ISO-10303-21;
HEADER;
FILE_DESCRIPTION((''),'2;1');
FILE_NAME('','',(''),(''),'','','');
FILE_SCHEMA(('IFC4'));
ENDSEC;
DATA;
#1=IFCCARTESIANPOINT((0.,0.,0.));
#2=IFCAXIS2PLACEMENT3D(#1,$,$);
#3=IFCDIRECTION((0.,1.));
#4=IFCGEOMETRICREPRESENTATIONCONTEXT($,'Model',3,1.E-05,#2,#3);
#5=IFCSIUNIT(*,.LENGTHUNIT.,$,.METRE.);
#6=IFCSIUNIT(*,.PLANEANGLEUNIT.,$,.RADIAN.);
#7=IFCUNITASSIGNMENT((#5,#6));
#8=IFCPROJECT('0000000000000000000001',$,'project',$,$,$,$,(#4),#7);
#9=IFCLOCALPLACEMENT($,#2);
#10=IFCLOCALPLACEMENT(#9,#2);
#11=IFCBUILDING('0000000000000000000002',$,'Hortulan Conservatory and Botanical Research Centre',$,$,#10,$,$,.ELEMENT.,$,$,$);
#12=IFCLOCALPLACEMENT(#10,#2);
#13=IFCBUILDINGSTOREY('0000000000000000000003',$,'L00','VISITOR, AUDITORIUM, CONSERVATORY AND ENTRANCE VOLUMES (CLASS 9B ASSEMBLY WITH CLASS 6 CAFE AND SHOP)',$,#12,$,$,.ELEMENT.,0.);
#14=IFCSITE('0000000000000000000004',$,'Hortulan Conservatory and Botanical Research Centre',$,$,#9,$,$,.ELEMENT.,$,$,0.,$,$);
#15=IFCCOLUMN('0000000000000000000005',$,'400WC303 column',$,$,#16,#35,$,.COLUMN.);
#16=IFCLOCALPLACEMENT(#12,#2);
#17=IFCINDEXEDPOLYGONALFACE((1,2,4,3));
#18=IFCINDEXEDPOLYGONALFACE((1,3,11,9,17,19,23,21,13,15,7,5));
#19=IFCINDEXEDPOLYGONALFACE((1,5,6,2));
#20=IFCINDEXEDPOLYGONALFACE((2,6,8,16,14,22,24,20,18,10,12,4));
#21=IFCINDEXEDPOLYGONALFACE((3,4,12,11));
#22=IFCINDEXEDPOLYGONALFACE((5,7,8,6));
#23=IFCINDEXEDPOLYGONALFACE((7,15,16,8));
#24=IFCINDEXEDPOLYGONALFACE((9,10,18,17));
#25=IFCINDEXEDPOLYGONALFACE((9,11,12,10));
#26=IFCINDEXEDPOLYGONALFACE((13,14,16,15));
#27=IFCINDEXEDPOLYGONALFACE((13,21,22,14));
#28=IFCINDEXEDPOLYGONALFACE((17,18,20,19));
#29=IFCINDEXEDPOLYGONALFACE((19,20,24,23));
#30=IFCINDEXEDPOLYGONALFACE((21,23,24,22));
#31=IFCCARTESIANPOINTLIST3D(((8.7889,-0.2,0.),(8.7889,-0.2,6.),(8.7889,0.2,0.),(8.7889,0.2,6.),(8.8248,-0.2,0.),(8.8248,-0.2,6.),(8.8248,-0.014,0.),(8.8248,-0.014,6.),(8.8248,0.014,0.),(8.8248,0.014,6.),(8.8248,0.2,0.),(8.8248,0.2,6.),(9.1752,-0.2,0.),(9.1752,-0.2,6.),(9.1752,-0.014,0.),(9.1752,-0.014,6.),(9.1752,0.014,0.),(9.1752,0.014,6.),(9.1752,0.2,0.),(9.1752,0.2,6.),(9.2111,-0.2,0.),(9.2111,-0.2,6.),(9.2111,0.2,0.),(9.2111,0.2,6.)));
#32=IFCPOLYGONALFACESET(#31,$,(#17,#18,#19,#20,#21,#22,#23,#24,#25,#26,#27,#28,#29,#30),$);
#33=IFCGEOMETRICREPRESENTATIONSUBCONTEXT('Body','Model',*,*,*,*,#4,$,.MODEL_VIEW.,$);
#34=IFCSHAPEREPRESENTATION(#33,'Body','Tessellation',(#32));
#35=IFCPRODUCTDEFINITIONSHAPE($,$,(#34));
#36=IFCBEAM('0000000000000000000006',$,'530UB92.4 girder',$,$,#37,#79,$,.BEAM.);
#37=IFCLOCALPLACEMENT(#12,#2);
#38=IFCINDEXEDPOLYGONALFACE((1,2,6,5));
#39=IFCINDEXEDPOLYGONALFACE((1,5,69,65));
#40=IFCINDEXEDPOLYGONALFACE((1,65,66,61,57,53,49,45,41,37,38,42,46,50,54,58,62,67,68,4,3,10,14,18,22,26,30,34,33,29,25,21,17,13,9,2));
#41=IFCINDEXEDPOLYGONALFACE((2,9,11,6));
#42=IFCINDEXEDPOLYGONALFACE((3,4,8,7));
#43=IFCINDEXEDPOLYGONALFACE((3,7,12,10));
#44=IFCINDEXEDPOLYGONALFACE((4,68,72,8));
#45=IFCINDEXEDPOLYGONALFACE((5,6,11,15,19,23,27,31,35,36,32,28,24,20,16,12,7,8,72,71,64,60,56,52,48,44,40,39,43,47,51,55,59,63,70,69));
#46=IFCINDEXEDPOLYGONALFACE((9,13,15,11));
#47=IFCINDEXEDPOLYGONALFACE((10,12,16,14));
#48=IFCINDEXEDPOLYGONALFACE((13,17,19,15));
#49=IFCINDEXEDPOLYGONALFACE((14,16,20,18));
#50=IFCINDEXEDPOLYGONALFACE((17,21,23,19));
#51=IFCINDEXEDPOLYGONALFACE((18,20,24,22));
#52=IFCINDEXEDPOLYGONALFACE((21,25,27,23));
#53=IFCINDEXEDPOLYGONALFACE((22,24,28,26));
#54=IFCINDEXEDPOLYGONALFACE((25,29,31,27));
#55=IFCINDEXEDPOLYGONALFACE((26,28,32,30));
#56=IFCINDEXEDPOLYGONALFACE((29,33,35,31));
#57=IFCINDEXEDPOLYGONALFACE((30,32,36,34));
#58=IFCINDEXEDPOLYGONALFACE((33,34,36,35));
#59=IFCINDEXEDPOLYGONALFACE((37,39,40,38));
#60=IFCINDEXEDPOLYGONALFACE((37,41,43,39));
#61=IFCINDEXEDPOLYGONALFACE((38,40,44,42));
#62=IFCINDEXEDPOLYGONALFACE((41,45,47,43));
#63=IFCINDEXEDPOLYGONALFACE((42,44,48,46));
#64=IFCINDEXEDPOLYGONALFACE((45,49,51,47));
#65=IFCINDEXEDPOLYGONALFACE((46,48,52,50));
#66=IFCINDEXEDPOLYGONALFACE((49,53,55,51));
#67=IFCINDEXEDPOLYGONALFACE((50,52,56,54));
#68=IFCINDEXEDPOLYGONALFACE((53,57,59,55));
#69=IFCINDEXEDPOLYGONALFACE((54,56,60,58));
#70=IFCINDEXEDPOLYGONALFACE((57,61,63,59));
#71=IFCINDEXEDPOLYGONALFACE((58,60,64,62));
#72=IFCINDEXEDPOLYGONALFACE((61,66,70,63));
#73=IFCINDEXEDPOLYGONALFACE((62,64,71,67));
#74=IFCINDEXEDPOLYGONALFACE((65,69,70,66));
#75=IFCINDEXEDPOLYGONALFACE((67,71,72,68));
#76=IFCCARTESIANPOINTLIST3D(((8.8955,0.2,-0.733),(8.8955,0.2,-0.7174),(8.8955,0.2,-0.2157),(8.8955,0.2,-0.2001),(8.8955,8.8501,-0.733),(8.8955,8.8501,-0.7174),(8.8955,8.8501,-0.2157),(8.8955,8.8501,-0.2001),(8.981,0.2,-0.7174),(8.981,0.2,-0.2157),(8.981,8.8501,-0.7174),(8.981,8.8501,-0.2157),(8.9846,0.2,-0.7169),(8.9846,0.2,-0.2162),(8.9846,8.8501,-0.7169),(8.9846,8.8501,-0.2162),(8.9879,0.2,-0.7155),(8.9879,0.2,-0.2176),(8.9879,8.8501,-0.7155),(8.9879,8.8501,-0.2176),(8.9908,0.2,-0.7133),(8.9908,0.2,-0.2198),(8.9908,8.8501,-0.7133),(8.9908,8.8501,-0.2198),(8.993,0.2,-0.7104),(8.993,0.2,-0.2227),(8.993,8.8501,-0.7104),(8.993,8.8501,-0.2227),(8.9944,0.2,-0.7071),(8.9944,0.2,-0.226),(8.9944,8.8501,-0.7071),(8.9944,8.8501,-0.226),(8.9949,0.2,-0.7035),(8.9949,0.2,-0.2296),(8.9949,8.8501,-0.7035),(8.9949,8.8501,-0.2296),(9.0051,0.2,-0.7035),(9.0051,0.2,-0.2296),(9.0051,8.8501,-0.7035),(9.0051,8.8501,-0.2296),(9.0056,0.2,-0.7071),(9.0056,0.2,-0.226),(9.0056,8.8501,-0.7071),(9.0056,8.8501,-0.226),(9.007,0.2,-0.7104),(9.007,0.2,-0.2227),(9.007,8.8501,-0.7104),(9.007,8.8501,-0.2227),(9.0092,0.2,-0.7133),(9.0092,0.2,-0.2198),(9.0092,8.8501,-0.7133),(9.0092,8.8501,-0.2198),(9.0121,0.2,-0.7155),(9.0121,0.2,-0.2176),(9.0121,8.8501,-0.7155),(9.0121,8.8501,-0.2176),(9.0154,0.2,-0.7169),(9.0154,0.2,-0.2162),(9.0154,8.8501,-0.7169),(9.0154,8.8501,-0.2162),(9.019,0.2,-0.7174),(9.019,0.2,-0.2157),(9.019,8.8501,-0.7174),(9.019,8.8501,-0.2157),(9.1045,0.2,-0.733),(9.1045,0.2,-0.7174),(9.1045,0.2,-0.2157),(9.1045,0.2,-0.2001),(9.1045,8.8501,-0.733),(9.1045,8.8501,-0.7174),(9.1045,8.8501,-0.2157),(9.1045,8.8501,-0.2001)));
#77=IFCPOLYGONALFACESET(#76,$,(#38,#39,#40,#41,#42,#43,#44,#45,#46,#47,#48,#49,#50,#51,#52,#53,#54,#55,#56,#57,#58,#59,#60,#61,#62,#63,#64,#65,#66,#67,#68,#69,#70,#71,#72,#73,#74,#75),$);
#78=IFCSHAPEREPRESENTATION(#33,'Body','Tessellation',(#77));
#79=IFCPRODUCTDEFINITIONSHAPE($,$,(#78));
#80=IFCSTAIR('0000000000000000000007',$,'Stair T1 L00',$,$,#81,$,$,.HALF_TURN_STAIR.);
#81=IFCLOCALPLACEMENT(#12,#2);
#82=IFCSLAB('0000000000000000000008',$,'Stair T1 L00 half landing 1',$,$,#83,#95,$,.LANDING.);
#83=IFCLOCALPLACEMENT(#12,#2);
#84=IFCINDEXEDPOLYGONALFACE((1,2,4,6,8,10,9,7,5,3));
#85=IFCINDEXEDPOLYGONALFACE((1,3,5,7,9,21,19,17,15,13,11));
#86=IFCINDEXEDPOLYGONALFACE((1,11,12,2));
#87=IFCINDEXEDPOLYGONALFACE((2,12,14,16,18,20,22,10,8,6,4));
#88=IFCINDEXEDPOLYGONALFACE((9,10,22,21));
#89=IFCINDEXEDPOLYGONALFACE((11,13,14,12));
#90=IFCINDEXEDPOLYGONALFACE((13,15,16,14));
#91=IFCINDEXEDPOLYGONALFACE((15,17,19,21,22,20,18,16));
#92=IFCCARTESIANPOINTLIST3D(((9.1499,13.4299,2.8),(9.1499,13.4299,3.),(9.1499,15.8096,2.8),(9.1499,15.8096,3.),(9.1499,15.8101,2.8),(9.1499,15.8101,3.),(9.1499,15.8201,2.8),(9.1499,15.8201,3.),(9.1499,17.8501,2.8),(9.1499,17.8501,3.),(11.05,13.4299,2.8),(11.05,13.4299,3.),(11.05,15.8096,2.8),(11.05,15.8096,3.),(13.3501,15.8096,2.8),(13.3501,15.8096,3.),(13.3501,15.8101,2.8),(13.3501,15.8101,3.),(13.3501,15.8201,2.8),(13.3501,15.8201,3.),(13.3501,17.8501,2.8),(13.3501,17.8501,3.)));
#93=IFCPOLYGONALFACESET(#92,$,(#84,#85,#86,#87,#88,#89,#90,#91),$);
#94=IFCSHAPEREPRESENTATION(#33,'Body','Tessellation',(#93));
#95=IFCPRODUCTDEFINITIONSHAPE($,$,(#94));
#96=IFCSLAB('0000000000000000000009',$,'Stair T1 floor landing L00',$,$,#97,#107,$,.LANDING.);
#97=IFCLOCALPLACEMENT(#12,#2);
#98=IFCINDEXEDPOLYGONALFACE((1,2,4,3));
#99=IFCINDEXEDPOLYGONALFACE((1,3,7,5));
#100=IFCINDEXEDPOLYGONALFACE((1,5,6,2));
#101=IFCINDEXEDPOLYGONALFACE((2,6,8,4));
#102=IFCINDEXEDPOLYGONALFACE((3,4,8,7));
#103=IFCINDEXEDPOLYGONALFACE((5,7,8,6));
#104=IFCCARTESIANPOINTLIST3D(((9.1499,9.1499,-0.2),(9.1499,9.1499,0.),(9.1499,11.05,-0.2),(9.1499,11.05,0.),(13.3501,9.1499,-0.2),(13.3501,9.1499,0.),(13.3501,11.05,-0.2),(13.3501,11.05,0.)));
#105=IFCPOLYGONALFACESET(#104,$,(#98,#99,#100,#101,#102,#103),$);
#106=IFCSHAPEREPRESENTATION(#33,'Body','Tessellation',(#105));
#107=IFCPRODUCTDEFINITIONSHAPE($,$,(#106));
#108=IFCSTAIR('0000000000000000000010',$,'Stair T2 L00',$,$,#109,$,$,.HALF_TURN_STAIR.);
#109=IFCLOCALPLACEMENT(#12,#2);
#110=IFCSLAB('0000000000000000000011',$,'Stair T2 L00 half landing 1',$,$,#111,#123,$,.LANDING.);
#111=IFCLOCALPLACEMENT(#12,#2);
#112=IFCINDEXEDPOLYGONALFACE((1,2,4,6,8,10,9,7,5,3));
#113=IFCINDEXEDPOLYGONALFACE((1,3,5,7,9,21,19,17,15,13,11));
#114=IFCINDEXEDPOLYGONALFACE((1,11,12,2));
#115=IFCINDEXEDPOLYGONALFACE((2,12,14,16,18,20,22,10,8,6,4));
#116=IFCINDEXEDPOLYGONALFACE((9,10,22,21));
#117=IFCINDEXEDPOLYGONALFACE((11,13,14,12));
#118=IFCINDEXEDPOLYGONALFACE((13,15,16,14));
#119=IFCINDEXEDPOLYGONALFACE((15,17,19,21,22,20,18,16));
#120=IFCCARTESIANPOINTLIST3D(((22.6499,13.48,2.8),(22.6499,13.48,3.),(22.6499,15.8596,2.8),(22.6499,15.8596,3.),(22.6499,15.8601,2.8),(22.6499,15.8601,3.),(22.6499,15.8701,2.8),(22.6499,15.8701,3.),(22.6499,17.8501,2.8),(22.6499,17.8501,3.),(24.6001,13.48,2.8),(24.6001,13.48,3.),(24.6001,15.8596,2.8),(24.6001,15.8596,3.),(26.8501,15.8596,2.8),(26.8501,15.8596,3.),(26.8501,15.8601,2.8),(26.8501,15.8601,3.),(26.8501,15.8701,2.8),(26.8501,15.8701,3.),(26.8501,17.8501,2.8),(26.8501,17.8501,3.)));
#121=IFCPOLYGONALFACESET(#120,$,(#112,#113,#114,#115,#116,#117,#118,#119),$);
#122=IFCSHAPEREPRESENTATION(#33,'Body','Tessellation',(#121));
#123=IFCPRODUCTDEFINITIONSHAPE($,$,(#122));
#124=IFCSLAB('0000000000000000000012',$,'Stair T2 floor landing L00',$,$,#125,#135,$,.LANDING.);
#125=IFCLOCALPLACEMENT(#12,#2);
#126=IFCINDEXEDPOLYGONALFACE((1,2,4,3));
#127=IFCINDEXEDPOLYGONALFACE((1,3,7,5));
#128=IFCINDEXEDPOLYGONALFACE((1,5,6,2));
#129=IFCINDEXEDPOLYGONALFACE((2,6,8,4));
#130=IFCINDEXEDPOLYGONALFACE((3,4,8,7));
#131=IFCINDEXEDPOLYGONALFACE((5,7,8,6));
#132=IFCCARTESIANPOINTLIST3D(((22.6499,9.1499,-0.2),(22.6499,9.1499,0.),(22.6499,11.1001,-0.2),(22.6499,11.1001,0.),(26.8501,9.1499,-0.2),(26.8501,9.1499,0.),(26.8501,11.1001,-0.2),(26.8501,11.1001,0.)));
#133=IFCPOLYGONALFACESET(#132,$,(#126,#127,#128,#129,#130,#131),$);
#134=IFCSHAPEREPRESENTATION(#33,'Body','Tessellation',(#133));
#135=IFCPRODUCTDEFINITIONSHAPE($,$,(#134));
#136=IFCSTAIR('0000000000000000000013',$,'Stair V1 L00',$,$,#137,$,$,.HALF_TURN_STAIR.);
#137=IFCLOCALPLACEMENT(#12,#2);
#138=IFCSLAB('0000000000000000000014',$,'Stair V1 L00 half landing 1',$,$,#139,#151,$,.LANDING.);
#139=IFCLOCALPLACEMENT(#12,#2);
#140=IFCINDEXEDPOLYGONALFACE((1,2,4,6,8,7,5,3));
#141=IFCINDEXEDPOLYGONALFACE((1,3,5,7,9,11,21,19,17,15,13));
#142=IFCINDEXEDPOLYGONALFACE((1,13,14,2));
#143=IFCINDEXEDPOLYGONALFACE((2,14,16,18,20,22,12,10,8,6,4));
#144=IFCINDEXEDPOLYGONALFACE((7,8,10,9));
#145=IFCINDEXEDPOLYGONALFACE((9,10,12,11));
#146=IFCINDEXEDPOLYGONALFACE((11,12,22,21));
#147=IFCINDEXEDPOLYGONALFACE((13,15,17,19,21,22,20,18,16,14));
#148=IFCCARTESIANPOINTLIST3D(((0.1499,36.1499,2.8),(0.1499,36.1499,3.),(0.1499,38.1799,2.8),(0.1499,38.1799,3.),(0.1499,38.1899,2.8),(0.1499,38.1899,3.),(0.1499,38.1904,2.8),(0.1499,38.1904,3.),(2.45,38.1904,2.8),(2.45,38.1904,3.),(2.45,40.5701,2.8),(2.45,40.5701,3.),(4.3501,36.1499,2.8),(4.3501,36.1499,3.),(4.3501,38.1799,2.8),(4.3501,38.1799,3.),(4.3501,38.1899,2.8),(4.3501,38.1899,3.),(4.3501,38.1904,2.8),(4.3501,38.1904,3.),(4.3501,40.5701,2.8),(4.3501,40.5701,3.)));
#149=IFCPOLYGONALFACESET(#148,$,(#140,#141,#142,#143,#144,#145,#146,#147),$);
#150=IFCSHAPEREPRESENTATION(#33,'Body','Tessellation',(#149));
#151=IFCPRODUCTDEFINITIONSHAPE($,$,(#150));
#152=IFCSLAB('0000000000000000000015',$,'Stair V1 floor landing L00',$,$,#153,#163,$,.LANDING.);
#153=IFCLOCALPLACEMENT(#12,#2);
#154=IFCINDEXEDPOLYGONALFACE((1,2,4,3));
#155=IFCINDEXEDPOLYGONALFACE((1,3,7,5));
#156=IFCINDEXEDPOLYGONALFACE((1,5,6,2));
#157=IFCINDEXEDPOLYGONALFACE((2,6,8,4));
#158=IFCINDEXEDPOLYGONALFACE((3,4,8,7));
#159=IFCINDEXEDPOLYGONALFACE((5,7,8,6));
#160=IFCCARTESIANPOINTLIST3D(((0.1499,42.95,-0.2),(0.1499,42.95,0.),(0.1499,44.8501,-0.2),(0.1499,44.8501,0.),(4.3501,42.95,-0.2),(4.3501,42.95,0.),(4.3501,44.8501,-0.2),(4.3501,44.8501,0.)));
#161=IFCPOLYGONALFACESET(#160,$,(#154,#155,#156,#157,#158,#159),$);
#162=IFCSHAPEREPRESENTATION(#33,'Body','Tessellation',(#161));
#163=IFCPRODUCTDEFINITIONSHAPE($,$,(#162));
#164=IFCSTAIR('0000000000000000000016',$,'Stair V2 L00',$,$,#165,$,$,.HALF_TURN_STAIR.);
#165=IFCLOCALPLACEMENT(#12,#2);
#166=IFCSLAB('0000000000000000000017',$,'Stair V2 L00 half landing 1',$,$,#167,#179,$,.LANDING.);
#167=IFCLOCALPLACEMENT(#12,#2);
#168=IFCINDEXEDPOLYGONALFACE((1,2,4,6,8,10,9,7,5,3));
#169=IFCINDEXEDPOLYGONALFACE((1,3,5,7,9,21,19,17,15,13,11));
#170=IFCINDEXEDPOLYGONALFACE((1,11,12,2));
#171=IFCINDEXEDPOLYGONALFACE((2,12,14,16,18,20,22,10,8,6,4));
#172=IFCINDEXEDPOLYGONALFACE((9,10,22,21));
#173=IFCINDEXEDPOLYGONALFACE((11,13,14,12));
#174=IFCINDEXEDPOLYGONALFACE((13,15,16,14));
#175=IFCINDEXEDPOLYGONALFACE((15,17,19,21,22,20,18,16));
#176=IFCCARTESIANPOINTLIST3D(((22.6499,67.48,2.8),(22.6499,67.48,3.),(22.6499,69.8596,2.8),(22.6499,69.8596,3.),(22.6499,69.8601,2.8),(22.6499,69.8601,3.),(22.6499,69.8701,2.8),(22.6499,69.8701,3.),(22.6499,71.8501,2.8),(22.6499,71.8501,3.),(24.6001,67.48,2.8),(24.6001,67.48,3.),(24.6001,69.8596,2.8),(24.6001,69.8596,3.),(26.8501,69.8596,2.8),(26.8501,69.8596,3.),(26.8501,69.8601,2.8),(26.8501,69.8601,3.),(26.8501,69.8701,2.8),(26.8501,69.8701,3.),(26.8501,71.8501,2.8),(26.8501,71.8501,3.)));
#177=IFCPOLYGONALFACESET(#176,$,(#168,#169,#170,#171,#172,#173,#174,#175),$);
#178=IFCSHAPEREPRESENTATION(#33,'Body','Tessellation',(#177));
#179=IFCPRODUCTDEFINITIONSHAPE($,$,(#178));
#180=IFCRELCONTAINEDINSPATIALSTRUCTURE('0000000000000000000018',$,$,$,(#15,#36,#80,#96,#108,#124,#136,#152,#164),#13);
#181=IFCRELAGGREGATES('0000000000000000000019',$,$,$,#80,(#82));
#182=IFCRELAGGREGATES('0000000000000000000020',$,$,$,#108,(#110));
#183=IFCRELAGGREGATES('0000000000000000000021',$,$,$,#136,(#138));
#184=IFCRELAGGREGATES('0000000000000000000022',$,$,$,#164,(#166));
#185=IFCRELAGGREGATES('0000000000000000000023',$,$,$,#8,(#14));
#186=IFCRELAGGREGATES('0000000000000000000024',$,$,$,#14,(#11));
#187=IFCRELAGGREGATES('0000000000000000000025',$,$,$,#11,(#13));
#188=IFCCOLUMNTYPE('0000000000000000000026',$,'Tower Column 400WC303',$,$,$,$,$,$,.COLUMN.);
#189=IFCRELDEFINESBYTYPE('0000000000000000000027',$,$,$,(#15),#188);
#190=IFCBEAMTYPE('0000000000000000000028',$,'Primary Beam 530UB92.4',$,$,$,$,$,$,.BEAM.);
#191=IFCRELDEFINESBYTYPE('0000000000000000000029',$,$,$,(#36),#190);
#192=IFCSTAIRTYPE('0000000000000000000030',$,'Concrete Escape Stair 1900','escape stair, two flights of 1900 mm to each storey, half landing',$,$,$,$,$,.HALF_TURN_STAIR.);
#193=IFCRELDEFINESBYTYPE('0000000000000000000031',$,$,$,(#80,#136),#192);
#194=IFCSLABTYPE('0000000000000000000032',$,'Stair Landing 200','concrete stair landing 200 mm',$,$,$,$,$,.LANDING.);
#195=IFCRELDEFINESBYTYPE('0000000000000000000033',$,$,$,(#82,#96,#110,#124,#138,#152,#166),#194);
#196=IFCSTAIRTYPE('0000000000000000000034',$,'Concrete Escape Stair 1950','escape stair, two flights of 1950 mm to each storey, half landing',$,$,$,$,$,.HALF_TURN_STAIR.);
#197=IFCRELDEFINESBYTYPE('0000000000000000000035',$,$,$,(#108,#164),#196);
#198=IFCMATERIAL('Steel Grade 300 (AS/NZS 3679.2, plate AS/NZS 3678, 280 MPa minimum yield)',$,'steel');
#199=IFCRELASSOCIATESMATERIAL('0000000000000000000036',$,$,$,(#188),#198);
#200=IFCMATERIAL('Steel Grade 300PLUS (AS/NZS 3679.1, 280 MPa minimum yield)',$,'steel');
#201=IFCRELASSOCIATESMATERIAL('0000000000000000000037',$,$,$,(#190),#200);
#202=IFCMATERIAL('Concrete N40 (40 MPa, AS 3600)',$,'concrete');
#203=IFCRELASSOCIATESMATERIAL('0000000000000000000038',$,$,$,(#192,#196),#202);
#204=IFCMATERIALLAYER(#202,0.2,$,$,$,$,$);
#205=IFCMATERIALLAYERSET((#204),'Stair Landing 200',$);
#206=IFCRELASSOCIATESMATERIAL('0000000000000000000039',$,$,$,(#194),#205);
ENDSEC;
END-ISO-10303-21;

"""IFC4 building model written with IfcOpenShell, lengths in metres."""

from ifc_helpers import new_model, si_unit, direction, frame, origin, origin_2d, place, context, subcontext, project, spatial, polyline, i_section, outline, extrude, material, layer, layer_set, material_profile, profile_set, type_object, element, aggregate, save


model = new_model("IFC4")

# Units and contexts
model_context = context("Model", 3, precision=1e-05, world=origin(), true_north=direction((0.0, 1.0)))
body_context = subcontext(model_context, "Body", "Model", "MODEL_VIEW")
ifc_project = project(units=[si_unit("LENGTHUNIT", "METRE"), si_unit("PLANEANGLEUNIT", "RADIAN")], contexts=[model_context])

# Site, building, storey
site_placement = place(None, origin())
site = spatial("IfcSite", under=ifc_project, at=site_placement, Name="Hortulan Conservatory and Botanical Research Centre", CompositionType="ELEMENT", RefElevation=0.0)
building_placement = place(site_placement, origin())
building = spatial("IfcBuilding", under=site, at=building_placement, Name="Hortulan Conservatory and Botanical Research Centre", CompositionType="ELEMENT")
storey_placement = place(building_placement, origin())
storey = spatial("IfcBuildingStorey", under=building, at=storey_placement, Name="L00", Description="VISITOR, AUDITORIUM, CONSERVATORY AND ENTRANCE VOLUMES (CLASS 9B ASSEMBLY WITH CLASS 6 CAFE AND SHOP)", CompositionType="ELEMENT", Elevation=0.0)

# Column
ifc_material_1 = material(Name="Steel Grade 300 (AS/NZS 3679.2, plate AS/NZS 3678, 280 MPa minimum yield)", Category="steel")
ifc_material_profile_1 = material_profile(ifc_material_1, i_section(OverallWidth=0.3999, OverallDepth=0.4221, WebThickness=0.0281, FlangeThickness=0.0359, at=origin_2d()), Name="400WC303")
ifc_profile_set_1 = profile_set([ifc_material_profile_1], Name="Steel Grade 300 (AS/NZS 3679.2, plate AS/NZS 3678, 280 MPa minimum yield)")
column_type = type_object("IfcColumnType", Name="Tower Column 400WC303", PredefinedType="COLUMN", material=ifc_profile_set_1)
column_placement = place(storey_placement, frame((9.0, 0.0, 0.0), z_axis=(0.0, 0.0, 1.0), x_axis=(0.0, 1.0, 0.0)))
element("IfcColumn", 1, at=column_placement, inside=storey, type_object=column_type, Name="400WC303 column", PredefinedType="COLUMN", context=body_context, shape_type="SweptSolid", body=[
    extrude(i_section(OverallWidth=0.3999, OverallDepth=0.4221, WebThickness=0.0281, FlangeThickness=0.0359, at=origin_2d()), origin(), (0.0, 0.0, 1.0), 6.0),
])

# Beam
ifc_material_2 = material(Name="Steel Grade 300PLUS (AS/NZS 3679.1, 280 MPa minimum yield)", Category="steel")
ifc_material_profile_2 = material_profile(ifc_material_2, i_section(OverallWidth=0.209, OverallDepth=0.533, WebThickness=0.0103, FlangeThickness=0.0156, FilletRadius=0.0139, at=origin_2d()), Name="530UB92.4")
ifc_profile_set_2 = profile_set([ifc_material_profile_2], Name="Steel Grade 300PLUS (AS/NZS 3679.1, 280 MPa minimum yield)")
beam_type = type_object("IfcBeamType", Name="Primary Beam 530UB92.4", PredefinedType="BEAM", material=ifc_profile_set_2)
beam_placement = place(storey_placement, frame((9.0, 0.2, -0.4666), z_axis=(0.0, 1.0, 0.0), x_axis=(-1.0, 0.0, 0.0)))
element("IfcBeam", 2, at=beam_placement, inside=storey, type_object=beam_type, Name="530UB92.4 girder", PredefinedType="BEAM", context=body_context, shape_type="SweptSolid", body=[
    extrude(i_section(OverallWidth=0.209, OverallDepth=0.533, WebThickness=0.0103, FlangeThickness=0.0156, FilletRadius=0.0139, at=origin_2d()), origin(), (0.0, 0.0, 1.0), 8.6501),
])

# Stair, slab
ifc_material_3 = material(Name="Concrete N40 (40 MPa, AS 3600)", Category="concrete")
stair_type_1 = type_object("IfcStairType", Name="Concrete Escape Stair 1900", Description="escape stair, two flights of 1900 mm to each storey, half landing", PredefinedType="HALF_TURN_STAIR", material=ifc_material_3)
stair_1_placement = place(storey_placement, origin())
stair_1 = element("IfcStair", 3, at=stair_1_placement, inside=storey, type_object=stair_type_1, Name="Stair T1 L00", PredefinedType="HALF_TURN_STAIR")
ifc_layer_1 = layer(ifc_material_3, 0.2)
ifc_layer_set_1 = layer_set([ifc_layer_1], Name="Stair Landing 200")
slab_type_1 = type_object("IfcSlabType", Name="Stair Landing 200", Description="concrete stair landing 200 mm", PredefinedType="LANDING", material=ifc_layer_set_1)
slab_1_placement = place(storey_placement, frame((0.0, 0.0, 2.8)))
slab_1 = element("IfcSlab", 4, at=slab_1_placement, type_object=slab_type_1, Name="Stair T1 L00 half landing 1", PredefinedType="LANDING", context=body_context, shape_type="SweptSolid", body=[
    extrude(outline(polyline([(13.3501, 15.8096), (11.05, 15.8096), (11.05, 13.4299), (9.1499, 13.4299), (9.1499, 15.8096), (9.1499, 15.8101), (9.1499, 15.8201), (9.1499, 17.8501), (13.3501, 17.8501), (13.3501, 15.8201), (13.3501, 15.8101), (13.3501, 15.8096)])), origin(), (0.0, 0.0, 1.0), 0.2),
])
aggregate(stair_1, [slab_1])

# Slab
slab_2_placement = place(storey_placement, frame((0.0, 0.0, -0.2)))
element("IfcSlab", 5, at=slab_2_placement, inside=storey, type_object=slab_type_1, Name="Stair T1 floor landing L00", PredefinedType="LANDING", context=body_context, shape_type="SweptSolid", body=[
    extrude(outline(polyline([(13.3501, 9.1499), (9.1499, 9.1499), (9.1499, 11.05), (13.3501, 11.05), (13.3501, 9.1499)])), origin(), (0.0, 0.0, 1.0), 0.2),
])

# Stair, slab
stair_type_2 = type_object("IfcStairType", Name="Concrete Escape Stair 1950", Description="escape stair, two flights of 1950 mm to each storey, half landing", PredefinedType="HALF_TURN_STAIR", material=ifc_material_3)
stair_2_placement = place(storey_placement, origin())
stair_2 = element("IfcStair", 6, at=stair_2_placement, inside=storey, type_object=stair_type_2, Name="Stair T2 L00", PredefinedType="HALF_TURN_STAIR")
slab_3_placement = place(storey_placement, frame((0.0, 0.0, 2.8)))
slab_3 = element("IfcSlab", 7, at=slab_3_placement, type_object=slab_type_1, Name="Stair T2 L00 half landing 1", PredefinedType="LANDING", context=body_context, shape_type="SweptSolid", body=[
    extrude(outline(polyline([(26.8501, 15.8596), (24.6001, 15.8596), (24.6001, 13.48), (22.6499, 13.48), (22.6499, 15.8596), (22.6499, 15.8601), (22.6499, 15.8701), (22.6499, 17.8501), (26.8501, 17.8501), (26.8501, 15.8701), (26.8501, 15.8601), (26.8501, 15.8596)])), origin(), (0.0, 0.0, 1.0), 0.2),
])
aggregate(stair_2, [slab_3])

# Slab
slab_4_placement = place(storey_placement, frame((0.0, 0.0, -0.2)))
element("IfcSlab", 8, at=slab_4_placement, inside=storey, type_object=slab_type_1, Name="Stair T2 floor landing L00", PredefinedType="LANDING", context=body_context, shape_type="SweptSolid", body=[
    extrude(outline(polyline([(26.8501, 9.1499), (22.6499, 9.1499), (22.6499, 11.1001), (26.8501, 11.1001), (26.8501, 9.1499)])), origin(), (0.0, 0.0, 1.0), 0.2),
])

# Stair, slab
stair_3_placement = place(storey_placement, origin())
stair_3 = element("IfcStair", 9, at=stair_3_placement, inside=storey, type_object=stair_type_1, Name="Stair V1 L00", PredefinedType="HALF_TURN_STAIR")
slab_5_placement = place(storey_placement, frame((0.0, 0.0, 2.8)))
slab_5 = element("IfcSlab", 10, at=slab_5_placement, type_object=slab_type_1, Name="Stair V1 L00 half landing 1", PredefinedType="LANDING", context=body_context, shape_type="SweptSolid", body=[
    extrude(outline(polyline([(0.1499, 38.1904), (2.45, 38.1904), (2.45, 40.5701), (4.3501, 40.5701), (4.3501, 38.1904), (4.3501, 38.1899), (4.3501, 38.1799), (4.3501, 36.1499), (0.1499, 36.1499), (0.1499, 38.1799), (0.1499, 38.1899), (0.1499, 38.1904)])), origin(), (0.0, 0.0, 1.0), 0.2),
])
aggregate(stair_3, [slab_5])

# Slab
slab_6_placement = place(storey_placement, frame((0.0, 0.0, -0.2)))
element("IfcSlab", 11, at=slab_6_placement, inside=storey, type_object=slab_type_1, Name="Stair V1 floor landing L00", PredefinedType="LANDING", context=body_context, shape_type="SweptSolid", body=[
    extrude(outline(polyline([(0.1499, 44.8501), (4.3501, 44.8501), (4.3501, 42.95), (0.1499, 42.95), (0.1499, 44.8501)])), origin(), (0.0, 0.0, 1.0), 0.2),
])

# Stair, slab
stair_4_placement = place(storey_placement, origin())
stair_4 = element("IfcStair", 12, at=stair_4_placement, inside=storey, type_object=stair_type_2, Name="Stair V2 L00", PredefinedType="HALF_TURN_STAIR")
slab_7_placement = place(storey_placement, frame((0.0, 0.0, 2.8)))
slab_7 = element("IfcSlab", 13, at=slab_7_placement, type_object=slab_type_1, Name="Stair V2 L00 half landing 1", PredefinedType="LANDING", context=body_context, shape_type="SweptSolid", body=[
    extrude(outline(polyline([(26.8501, 69.8596), (24.6001, 69.8596), (24.6001, 67.48), (22.6499, 67.48), (22.6499, 69.8596), (22.6499, 69.8601), (22.6499, 69.8701), (22.6499, 71.8501), (26.8501, 71.8501), (26.8501, 69.8701), (26.8501, 69.8601), (26.8501, 69.8596)])), origin(), (0.0, 0.0, 1.0), 0.2),
])
aggregate(stair_4, [slab_7])

save(model, "model.ifc")
